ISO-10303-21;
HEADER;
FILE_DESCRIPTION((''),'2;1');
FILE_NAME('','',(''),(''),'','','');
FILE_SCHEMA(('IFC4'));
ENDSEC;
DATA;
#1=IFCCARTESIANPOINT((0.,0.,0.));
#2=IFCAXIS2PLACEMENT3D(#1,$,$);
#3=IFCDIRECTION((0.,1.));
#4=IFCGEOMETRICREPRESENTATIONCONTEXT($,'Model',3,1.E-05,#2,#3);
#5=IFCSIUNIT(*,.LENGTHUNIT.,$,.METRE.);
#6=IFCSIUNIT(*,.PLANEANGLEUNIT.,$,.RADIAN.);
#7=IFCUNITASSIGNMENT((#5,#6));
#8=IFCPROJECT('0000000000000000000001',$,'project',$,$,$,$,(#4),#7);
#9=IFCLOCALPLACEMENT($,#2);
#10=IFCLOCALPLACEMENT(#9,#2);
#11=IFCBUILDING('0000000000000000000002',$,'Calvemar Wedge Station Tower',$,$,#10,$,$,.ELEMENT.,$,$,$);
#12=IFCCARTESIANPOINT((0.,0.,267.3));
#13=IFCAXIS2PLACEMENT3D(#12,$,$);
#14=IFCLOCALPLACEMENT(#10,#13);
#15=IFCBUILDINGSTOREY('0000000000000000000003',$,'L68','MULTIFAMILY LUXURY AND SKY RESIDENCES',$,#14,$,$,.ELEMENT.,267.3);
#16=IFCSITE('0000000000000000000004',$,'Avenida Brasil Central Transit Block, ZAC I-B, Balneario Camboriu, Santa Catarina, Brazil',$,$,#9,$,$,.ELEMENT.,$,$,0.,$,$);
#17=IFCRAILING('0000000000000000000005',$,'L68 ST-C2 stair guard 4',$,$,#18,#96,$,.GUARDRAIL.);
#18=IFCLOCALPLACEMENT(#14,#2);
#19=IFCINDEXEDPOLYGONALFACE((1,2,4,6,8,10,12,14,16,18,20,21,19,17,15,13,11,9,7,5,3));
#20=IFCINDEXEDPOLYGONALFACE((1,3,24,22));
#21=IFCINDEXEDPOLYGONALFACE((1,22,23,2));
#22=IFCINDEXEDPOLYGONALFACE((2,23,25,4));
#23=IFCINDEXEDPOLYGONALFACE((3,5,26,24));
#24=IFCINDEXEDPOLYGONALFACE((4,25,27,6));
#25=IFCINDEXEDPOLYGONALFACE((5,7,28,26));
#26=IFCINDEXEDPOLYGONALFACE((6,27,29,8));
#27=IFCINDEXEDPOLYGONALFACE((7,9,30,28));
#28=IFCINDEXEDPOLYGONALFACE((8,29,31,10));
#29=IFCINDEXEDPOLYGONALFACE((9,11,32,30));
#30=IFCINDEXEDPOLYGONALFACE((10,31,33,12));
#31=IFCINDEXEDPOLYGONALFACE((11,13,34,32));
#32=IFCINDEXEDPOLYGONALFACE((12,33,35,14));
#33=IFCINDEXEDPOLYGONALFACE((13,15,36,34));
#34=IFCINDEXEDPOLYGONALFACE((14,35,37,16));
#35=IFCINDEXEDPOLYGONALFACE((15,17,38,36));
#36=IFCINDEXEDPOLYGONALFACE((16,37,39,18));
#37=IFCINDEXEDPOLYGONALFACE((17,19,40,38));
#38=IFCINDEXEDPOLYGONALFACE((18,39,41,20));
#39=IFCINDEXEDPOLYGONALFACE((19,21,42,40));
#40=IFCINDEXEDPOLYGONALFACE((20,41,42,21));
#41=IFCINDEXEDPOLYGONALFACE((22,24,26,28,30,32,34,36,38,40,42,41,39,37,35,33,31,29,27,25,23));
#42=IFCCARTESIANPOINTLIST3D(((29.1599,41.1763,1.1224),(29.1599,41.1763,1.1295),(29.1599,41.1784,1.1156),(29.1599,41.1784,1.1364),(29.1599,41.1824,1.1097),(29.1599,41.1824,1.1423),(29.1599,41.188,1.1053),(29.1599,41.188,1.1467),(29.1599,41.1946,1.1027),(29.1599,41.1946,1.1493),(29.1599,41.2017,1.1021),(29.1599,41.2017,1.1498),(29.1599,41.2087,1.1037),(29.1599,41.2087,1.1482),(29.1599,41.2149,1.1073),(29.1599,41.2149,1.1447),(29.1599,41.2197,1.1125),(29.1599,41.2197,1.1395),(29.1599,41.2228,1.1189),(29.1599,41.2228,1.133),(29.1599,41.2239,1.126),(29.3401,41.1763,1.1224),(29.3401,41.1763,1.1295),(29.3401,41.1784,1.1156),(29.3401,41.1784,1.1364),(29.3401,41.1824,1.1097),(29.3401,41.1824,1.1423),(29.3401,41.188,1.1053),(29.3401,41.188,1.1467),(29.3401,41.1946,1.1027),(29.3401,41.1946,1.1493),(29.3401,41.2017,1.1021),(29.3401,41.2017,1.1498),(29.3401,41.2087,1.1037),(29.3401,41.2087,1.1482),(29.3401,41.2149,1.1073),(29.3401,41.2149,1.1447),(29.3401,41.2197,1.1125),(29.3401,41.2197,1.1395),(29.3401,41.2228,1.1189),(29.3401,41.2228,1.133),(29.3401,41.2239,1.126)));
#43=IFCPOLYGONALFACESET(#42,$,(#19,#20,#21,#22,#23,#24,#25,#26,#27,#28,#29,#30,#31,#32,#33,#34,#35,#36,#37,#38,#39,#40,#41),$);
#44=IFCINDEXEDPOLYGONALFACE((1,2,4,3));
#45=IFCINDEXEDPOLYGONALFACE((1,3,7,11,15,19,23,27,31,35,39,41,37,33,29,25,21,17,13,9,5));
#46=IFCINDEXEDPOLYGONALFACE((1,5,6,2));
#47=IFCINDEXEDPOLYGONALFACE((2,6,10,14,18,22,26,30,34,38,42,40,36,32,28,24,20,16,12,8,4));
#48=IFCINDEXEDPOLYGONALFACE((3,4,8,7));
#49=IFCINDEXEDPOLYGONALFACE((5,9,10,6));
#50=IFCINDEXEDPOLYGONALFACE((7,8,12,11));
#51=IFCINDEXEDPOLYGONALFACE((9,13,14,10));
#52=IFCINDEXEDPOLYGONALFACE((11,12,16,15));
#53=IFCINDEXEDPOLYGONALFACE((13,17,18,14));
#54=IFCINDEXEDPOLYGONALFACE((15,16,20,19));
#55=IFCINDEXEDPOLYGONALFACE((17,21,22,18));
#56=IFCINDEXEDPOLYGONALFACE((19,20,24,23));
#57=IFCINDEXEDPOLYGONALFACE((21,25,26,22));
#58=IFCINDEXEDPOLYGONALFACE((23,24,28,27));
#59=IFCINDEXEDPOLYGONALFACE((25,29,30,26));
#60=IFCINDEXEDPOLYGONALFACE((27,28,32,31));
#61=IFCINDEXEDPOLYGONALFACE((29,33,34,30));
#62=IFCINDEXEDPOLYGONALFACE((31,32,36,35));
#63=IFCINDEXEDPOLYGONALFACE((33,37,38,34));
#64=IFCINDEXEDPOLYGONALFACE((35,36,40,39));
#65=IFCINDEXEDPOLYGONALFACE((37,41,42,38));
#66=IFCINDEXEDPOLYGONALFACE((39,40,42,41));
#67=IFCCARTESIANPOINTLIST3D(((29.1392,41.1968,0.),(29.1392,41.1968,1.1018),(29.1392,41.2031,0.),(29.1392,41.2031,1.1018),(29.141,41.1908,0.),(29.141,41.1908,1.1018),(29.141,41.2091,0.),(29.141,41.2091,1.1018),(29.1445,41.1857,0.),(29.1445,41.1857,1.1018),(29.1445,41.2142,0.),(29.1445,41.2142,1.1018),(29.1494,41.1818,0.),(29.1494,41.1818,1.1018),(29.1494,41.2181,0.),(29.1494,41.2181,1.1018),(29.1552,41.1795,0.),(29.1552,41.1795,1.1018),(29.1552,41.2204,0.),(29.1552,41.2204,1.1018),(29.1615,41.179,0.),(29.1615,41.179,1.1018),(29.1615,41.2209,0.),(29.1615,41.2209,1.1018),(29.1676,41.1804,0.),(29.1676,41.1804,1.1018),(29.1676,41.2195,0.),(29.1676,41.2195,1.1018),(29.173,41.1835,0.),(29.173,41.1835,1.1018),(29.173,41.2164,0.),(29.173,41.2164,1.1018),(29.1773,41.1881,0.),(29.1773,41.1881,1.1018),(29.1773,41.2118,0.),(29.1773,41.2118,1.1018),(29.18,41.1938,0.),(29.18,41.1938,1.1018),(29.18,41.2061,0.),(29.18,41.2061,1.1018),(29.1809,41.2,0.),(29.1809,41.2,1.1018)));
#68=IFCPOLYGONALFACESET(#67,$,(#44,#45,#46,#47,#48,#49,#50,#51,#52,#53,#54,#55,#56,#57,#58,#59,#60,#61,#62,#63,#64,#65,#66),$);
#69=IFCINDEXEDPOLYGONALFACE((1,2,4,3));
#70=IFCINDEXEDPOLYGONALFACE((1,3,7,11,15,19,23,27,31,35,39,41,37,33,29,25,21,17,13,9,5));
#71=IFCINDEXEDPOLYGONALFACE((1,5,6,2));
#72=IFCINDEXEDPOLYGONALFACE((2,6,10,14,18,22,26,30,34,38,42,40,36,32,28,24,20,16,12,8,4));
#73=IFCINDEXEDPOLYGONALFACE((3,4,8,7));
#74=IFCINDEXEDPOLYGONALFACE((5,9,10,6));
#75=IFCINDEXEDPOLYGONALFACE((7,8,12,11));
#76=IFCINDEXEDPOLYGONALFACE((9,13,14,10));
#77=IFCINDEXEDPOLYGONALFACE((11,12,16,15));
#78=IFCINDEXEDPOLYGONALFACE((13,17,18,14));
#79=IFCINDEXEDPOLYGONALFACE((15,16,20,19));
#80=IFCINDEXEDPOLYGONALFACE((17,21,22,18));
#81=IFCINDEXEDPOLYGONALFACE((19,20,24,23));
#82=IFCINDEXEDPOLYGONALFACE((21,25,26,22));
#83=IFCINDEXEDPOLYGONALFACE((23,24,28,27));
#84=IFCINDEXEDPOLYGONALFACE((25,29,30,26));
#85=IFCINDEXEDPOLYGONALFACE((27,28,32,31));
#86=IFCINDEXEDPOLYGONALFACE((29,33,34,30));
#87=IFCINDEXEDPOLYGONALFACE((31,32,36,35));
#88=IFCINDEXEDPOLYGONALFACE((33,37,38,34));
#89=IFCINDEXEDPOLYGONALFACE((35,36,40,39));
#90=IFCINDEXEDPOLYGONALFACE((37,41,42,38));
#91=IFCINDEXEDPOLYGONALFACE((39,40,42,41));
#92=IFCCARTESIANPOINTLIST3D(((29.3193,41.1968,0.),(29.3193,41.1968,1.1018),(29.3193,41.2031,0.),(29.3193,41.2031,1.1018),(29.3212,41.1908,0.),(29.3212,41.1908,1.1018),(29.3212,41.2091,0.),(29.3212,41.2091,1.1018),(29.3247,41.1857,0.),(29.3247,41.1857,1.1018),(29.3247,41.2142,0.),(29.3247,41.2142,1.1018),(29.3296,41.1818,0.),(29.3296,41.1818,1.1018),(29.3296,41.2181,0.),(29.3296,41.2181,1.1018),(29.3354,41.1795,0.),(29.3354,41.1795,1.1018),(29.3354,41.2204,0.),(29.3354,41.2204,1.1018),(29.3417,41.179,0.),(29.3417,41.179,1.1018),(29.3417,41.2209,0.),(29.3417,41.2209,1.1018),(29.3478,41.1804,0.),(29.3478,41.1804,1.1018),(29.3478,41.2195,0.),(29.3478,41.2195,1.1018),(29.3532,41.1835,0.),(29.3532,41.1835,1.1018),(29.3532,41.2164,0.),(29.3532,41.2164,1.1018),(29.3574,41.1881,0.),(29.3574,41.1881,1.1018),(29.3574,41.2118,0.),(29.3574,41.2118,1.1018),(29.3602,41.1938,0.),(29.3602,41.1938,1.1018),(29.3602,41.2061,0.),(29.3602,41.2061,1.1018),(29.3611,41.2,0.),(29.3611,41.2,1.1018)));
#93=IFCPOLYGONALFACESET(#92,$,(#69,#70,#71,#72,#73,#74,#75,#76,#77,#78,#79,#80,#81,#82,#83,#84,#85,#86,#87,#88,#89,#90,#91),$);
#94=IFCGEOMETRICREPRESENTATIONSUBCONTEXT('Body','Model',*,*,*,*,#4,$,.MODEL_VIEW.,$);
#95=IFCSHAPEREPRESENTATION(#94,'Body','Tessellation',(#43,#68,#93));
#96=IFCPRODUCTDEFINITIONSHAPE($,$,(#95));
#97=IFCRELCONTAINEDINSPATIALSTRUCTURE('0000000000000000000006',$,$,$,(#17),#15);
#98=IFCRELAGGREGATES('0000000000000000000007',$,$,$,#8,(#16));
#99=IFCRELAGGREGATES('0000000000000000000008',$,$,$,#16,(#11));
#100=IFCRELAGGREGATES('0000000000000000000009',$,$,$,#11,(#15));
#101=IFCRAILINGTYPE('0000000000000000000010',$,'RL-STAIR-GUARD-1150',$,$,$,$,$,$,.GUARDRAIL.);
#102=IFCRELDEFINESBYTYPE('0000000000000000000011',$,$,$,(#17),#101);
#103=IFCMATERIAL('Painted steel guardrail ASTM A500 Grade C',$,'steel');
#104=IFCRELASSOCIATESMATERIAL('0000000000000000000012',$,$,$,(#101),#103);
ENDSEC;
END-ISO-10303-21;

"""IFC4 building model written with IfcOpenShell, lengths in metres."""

from ifc_helpers import new_model, si_unit, direction, frame, origin, origin_2d, place, context, subcontext, project, spatial, circle, extrude, material, type_object, element, save


model = new_model("IFC4")

# Units and contexts
model_context = context("Model", 3, precision=1e-05, world=origin(), true_north=direction((0.0, 1.0)))
body_context = subcontext(model_context, "Body", "Model", "MODEL_VIEW")
ifc_project = project(units=[si_unit("LENGTHUNIT", "METRE"), si_unit("PLANEANGLEUNIT", "RADIAN")], contexts=[model_context])

# Site, building, storey
site_placement = place(None, origin())
site = spatial("IfcSite", under=ifc_project, at=site_placement, Name="Avenida Brasil Central Transit Block, ZAC I-B, Balneario Camboriu, Santa Catarina, Brazil", CompositionType="ELEMENT", RefElevation=0.0)
building_placement = place(site_placement, origin())
building = spatial("IfcBuilding", under=site, at=building_placement, Name="Calvemar Wedge Station Tower", CompositionType="ELEMENT")
storey_placement = place(building_placement, frame((0.0, 0.0, 267.3)))
storey = spatial("IfcBuildingStorey", under=building, at=storey_placement, Name="L68", Description="MULTIFAMILY LUXURY AND SKY RESIDENCES", CompositionType="ELEMENT", Elevation=267.3)

# Railing
ifc_material_1 = material(Name="Painted steel guardrail ASTM A500 Grade C", Category="steel")
railing_type_1 = type_object("IfcRailingType", Name="RL-STAIR-GUARD-1150", PredefinedType="GUARDRAIL", material=ifc_material_1)
railing_1_placement = place(storey_placement, frame((29.1599, 41.2, 0.0)))
element("IfcRailing", 1, at=railing_1_placement, inside=storey, type_object=railing_type_1, Name="L68 ST-C2 stair guard 4", PredefinedType="GUARDRAIL", context=body_context, shape_type="SweptSolid", body=[
    extrude(circle(Radius=0.0239, at=origin_2d()), frame((0.0, 0.0, 1.126), z_axis=(1.0, 0.0, 0.0), x_axis=(0.0, 1.0, 0.0)), (0.0, 0.0, 1.0), 0.1802),
    extrude(circle(Radius=0.021, at=origin_2d()), origin(), (0.0, 0.0, 1.0), 1.1018),
    extrude(circle(Radius=0.021, at=origin_2d()), frame((0.1802, 0.0, 0.0)), (0.0, 0.0, 1.0), 1.1018),
])

save(model, "model.ifc")
